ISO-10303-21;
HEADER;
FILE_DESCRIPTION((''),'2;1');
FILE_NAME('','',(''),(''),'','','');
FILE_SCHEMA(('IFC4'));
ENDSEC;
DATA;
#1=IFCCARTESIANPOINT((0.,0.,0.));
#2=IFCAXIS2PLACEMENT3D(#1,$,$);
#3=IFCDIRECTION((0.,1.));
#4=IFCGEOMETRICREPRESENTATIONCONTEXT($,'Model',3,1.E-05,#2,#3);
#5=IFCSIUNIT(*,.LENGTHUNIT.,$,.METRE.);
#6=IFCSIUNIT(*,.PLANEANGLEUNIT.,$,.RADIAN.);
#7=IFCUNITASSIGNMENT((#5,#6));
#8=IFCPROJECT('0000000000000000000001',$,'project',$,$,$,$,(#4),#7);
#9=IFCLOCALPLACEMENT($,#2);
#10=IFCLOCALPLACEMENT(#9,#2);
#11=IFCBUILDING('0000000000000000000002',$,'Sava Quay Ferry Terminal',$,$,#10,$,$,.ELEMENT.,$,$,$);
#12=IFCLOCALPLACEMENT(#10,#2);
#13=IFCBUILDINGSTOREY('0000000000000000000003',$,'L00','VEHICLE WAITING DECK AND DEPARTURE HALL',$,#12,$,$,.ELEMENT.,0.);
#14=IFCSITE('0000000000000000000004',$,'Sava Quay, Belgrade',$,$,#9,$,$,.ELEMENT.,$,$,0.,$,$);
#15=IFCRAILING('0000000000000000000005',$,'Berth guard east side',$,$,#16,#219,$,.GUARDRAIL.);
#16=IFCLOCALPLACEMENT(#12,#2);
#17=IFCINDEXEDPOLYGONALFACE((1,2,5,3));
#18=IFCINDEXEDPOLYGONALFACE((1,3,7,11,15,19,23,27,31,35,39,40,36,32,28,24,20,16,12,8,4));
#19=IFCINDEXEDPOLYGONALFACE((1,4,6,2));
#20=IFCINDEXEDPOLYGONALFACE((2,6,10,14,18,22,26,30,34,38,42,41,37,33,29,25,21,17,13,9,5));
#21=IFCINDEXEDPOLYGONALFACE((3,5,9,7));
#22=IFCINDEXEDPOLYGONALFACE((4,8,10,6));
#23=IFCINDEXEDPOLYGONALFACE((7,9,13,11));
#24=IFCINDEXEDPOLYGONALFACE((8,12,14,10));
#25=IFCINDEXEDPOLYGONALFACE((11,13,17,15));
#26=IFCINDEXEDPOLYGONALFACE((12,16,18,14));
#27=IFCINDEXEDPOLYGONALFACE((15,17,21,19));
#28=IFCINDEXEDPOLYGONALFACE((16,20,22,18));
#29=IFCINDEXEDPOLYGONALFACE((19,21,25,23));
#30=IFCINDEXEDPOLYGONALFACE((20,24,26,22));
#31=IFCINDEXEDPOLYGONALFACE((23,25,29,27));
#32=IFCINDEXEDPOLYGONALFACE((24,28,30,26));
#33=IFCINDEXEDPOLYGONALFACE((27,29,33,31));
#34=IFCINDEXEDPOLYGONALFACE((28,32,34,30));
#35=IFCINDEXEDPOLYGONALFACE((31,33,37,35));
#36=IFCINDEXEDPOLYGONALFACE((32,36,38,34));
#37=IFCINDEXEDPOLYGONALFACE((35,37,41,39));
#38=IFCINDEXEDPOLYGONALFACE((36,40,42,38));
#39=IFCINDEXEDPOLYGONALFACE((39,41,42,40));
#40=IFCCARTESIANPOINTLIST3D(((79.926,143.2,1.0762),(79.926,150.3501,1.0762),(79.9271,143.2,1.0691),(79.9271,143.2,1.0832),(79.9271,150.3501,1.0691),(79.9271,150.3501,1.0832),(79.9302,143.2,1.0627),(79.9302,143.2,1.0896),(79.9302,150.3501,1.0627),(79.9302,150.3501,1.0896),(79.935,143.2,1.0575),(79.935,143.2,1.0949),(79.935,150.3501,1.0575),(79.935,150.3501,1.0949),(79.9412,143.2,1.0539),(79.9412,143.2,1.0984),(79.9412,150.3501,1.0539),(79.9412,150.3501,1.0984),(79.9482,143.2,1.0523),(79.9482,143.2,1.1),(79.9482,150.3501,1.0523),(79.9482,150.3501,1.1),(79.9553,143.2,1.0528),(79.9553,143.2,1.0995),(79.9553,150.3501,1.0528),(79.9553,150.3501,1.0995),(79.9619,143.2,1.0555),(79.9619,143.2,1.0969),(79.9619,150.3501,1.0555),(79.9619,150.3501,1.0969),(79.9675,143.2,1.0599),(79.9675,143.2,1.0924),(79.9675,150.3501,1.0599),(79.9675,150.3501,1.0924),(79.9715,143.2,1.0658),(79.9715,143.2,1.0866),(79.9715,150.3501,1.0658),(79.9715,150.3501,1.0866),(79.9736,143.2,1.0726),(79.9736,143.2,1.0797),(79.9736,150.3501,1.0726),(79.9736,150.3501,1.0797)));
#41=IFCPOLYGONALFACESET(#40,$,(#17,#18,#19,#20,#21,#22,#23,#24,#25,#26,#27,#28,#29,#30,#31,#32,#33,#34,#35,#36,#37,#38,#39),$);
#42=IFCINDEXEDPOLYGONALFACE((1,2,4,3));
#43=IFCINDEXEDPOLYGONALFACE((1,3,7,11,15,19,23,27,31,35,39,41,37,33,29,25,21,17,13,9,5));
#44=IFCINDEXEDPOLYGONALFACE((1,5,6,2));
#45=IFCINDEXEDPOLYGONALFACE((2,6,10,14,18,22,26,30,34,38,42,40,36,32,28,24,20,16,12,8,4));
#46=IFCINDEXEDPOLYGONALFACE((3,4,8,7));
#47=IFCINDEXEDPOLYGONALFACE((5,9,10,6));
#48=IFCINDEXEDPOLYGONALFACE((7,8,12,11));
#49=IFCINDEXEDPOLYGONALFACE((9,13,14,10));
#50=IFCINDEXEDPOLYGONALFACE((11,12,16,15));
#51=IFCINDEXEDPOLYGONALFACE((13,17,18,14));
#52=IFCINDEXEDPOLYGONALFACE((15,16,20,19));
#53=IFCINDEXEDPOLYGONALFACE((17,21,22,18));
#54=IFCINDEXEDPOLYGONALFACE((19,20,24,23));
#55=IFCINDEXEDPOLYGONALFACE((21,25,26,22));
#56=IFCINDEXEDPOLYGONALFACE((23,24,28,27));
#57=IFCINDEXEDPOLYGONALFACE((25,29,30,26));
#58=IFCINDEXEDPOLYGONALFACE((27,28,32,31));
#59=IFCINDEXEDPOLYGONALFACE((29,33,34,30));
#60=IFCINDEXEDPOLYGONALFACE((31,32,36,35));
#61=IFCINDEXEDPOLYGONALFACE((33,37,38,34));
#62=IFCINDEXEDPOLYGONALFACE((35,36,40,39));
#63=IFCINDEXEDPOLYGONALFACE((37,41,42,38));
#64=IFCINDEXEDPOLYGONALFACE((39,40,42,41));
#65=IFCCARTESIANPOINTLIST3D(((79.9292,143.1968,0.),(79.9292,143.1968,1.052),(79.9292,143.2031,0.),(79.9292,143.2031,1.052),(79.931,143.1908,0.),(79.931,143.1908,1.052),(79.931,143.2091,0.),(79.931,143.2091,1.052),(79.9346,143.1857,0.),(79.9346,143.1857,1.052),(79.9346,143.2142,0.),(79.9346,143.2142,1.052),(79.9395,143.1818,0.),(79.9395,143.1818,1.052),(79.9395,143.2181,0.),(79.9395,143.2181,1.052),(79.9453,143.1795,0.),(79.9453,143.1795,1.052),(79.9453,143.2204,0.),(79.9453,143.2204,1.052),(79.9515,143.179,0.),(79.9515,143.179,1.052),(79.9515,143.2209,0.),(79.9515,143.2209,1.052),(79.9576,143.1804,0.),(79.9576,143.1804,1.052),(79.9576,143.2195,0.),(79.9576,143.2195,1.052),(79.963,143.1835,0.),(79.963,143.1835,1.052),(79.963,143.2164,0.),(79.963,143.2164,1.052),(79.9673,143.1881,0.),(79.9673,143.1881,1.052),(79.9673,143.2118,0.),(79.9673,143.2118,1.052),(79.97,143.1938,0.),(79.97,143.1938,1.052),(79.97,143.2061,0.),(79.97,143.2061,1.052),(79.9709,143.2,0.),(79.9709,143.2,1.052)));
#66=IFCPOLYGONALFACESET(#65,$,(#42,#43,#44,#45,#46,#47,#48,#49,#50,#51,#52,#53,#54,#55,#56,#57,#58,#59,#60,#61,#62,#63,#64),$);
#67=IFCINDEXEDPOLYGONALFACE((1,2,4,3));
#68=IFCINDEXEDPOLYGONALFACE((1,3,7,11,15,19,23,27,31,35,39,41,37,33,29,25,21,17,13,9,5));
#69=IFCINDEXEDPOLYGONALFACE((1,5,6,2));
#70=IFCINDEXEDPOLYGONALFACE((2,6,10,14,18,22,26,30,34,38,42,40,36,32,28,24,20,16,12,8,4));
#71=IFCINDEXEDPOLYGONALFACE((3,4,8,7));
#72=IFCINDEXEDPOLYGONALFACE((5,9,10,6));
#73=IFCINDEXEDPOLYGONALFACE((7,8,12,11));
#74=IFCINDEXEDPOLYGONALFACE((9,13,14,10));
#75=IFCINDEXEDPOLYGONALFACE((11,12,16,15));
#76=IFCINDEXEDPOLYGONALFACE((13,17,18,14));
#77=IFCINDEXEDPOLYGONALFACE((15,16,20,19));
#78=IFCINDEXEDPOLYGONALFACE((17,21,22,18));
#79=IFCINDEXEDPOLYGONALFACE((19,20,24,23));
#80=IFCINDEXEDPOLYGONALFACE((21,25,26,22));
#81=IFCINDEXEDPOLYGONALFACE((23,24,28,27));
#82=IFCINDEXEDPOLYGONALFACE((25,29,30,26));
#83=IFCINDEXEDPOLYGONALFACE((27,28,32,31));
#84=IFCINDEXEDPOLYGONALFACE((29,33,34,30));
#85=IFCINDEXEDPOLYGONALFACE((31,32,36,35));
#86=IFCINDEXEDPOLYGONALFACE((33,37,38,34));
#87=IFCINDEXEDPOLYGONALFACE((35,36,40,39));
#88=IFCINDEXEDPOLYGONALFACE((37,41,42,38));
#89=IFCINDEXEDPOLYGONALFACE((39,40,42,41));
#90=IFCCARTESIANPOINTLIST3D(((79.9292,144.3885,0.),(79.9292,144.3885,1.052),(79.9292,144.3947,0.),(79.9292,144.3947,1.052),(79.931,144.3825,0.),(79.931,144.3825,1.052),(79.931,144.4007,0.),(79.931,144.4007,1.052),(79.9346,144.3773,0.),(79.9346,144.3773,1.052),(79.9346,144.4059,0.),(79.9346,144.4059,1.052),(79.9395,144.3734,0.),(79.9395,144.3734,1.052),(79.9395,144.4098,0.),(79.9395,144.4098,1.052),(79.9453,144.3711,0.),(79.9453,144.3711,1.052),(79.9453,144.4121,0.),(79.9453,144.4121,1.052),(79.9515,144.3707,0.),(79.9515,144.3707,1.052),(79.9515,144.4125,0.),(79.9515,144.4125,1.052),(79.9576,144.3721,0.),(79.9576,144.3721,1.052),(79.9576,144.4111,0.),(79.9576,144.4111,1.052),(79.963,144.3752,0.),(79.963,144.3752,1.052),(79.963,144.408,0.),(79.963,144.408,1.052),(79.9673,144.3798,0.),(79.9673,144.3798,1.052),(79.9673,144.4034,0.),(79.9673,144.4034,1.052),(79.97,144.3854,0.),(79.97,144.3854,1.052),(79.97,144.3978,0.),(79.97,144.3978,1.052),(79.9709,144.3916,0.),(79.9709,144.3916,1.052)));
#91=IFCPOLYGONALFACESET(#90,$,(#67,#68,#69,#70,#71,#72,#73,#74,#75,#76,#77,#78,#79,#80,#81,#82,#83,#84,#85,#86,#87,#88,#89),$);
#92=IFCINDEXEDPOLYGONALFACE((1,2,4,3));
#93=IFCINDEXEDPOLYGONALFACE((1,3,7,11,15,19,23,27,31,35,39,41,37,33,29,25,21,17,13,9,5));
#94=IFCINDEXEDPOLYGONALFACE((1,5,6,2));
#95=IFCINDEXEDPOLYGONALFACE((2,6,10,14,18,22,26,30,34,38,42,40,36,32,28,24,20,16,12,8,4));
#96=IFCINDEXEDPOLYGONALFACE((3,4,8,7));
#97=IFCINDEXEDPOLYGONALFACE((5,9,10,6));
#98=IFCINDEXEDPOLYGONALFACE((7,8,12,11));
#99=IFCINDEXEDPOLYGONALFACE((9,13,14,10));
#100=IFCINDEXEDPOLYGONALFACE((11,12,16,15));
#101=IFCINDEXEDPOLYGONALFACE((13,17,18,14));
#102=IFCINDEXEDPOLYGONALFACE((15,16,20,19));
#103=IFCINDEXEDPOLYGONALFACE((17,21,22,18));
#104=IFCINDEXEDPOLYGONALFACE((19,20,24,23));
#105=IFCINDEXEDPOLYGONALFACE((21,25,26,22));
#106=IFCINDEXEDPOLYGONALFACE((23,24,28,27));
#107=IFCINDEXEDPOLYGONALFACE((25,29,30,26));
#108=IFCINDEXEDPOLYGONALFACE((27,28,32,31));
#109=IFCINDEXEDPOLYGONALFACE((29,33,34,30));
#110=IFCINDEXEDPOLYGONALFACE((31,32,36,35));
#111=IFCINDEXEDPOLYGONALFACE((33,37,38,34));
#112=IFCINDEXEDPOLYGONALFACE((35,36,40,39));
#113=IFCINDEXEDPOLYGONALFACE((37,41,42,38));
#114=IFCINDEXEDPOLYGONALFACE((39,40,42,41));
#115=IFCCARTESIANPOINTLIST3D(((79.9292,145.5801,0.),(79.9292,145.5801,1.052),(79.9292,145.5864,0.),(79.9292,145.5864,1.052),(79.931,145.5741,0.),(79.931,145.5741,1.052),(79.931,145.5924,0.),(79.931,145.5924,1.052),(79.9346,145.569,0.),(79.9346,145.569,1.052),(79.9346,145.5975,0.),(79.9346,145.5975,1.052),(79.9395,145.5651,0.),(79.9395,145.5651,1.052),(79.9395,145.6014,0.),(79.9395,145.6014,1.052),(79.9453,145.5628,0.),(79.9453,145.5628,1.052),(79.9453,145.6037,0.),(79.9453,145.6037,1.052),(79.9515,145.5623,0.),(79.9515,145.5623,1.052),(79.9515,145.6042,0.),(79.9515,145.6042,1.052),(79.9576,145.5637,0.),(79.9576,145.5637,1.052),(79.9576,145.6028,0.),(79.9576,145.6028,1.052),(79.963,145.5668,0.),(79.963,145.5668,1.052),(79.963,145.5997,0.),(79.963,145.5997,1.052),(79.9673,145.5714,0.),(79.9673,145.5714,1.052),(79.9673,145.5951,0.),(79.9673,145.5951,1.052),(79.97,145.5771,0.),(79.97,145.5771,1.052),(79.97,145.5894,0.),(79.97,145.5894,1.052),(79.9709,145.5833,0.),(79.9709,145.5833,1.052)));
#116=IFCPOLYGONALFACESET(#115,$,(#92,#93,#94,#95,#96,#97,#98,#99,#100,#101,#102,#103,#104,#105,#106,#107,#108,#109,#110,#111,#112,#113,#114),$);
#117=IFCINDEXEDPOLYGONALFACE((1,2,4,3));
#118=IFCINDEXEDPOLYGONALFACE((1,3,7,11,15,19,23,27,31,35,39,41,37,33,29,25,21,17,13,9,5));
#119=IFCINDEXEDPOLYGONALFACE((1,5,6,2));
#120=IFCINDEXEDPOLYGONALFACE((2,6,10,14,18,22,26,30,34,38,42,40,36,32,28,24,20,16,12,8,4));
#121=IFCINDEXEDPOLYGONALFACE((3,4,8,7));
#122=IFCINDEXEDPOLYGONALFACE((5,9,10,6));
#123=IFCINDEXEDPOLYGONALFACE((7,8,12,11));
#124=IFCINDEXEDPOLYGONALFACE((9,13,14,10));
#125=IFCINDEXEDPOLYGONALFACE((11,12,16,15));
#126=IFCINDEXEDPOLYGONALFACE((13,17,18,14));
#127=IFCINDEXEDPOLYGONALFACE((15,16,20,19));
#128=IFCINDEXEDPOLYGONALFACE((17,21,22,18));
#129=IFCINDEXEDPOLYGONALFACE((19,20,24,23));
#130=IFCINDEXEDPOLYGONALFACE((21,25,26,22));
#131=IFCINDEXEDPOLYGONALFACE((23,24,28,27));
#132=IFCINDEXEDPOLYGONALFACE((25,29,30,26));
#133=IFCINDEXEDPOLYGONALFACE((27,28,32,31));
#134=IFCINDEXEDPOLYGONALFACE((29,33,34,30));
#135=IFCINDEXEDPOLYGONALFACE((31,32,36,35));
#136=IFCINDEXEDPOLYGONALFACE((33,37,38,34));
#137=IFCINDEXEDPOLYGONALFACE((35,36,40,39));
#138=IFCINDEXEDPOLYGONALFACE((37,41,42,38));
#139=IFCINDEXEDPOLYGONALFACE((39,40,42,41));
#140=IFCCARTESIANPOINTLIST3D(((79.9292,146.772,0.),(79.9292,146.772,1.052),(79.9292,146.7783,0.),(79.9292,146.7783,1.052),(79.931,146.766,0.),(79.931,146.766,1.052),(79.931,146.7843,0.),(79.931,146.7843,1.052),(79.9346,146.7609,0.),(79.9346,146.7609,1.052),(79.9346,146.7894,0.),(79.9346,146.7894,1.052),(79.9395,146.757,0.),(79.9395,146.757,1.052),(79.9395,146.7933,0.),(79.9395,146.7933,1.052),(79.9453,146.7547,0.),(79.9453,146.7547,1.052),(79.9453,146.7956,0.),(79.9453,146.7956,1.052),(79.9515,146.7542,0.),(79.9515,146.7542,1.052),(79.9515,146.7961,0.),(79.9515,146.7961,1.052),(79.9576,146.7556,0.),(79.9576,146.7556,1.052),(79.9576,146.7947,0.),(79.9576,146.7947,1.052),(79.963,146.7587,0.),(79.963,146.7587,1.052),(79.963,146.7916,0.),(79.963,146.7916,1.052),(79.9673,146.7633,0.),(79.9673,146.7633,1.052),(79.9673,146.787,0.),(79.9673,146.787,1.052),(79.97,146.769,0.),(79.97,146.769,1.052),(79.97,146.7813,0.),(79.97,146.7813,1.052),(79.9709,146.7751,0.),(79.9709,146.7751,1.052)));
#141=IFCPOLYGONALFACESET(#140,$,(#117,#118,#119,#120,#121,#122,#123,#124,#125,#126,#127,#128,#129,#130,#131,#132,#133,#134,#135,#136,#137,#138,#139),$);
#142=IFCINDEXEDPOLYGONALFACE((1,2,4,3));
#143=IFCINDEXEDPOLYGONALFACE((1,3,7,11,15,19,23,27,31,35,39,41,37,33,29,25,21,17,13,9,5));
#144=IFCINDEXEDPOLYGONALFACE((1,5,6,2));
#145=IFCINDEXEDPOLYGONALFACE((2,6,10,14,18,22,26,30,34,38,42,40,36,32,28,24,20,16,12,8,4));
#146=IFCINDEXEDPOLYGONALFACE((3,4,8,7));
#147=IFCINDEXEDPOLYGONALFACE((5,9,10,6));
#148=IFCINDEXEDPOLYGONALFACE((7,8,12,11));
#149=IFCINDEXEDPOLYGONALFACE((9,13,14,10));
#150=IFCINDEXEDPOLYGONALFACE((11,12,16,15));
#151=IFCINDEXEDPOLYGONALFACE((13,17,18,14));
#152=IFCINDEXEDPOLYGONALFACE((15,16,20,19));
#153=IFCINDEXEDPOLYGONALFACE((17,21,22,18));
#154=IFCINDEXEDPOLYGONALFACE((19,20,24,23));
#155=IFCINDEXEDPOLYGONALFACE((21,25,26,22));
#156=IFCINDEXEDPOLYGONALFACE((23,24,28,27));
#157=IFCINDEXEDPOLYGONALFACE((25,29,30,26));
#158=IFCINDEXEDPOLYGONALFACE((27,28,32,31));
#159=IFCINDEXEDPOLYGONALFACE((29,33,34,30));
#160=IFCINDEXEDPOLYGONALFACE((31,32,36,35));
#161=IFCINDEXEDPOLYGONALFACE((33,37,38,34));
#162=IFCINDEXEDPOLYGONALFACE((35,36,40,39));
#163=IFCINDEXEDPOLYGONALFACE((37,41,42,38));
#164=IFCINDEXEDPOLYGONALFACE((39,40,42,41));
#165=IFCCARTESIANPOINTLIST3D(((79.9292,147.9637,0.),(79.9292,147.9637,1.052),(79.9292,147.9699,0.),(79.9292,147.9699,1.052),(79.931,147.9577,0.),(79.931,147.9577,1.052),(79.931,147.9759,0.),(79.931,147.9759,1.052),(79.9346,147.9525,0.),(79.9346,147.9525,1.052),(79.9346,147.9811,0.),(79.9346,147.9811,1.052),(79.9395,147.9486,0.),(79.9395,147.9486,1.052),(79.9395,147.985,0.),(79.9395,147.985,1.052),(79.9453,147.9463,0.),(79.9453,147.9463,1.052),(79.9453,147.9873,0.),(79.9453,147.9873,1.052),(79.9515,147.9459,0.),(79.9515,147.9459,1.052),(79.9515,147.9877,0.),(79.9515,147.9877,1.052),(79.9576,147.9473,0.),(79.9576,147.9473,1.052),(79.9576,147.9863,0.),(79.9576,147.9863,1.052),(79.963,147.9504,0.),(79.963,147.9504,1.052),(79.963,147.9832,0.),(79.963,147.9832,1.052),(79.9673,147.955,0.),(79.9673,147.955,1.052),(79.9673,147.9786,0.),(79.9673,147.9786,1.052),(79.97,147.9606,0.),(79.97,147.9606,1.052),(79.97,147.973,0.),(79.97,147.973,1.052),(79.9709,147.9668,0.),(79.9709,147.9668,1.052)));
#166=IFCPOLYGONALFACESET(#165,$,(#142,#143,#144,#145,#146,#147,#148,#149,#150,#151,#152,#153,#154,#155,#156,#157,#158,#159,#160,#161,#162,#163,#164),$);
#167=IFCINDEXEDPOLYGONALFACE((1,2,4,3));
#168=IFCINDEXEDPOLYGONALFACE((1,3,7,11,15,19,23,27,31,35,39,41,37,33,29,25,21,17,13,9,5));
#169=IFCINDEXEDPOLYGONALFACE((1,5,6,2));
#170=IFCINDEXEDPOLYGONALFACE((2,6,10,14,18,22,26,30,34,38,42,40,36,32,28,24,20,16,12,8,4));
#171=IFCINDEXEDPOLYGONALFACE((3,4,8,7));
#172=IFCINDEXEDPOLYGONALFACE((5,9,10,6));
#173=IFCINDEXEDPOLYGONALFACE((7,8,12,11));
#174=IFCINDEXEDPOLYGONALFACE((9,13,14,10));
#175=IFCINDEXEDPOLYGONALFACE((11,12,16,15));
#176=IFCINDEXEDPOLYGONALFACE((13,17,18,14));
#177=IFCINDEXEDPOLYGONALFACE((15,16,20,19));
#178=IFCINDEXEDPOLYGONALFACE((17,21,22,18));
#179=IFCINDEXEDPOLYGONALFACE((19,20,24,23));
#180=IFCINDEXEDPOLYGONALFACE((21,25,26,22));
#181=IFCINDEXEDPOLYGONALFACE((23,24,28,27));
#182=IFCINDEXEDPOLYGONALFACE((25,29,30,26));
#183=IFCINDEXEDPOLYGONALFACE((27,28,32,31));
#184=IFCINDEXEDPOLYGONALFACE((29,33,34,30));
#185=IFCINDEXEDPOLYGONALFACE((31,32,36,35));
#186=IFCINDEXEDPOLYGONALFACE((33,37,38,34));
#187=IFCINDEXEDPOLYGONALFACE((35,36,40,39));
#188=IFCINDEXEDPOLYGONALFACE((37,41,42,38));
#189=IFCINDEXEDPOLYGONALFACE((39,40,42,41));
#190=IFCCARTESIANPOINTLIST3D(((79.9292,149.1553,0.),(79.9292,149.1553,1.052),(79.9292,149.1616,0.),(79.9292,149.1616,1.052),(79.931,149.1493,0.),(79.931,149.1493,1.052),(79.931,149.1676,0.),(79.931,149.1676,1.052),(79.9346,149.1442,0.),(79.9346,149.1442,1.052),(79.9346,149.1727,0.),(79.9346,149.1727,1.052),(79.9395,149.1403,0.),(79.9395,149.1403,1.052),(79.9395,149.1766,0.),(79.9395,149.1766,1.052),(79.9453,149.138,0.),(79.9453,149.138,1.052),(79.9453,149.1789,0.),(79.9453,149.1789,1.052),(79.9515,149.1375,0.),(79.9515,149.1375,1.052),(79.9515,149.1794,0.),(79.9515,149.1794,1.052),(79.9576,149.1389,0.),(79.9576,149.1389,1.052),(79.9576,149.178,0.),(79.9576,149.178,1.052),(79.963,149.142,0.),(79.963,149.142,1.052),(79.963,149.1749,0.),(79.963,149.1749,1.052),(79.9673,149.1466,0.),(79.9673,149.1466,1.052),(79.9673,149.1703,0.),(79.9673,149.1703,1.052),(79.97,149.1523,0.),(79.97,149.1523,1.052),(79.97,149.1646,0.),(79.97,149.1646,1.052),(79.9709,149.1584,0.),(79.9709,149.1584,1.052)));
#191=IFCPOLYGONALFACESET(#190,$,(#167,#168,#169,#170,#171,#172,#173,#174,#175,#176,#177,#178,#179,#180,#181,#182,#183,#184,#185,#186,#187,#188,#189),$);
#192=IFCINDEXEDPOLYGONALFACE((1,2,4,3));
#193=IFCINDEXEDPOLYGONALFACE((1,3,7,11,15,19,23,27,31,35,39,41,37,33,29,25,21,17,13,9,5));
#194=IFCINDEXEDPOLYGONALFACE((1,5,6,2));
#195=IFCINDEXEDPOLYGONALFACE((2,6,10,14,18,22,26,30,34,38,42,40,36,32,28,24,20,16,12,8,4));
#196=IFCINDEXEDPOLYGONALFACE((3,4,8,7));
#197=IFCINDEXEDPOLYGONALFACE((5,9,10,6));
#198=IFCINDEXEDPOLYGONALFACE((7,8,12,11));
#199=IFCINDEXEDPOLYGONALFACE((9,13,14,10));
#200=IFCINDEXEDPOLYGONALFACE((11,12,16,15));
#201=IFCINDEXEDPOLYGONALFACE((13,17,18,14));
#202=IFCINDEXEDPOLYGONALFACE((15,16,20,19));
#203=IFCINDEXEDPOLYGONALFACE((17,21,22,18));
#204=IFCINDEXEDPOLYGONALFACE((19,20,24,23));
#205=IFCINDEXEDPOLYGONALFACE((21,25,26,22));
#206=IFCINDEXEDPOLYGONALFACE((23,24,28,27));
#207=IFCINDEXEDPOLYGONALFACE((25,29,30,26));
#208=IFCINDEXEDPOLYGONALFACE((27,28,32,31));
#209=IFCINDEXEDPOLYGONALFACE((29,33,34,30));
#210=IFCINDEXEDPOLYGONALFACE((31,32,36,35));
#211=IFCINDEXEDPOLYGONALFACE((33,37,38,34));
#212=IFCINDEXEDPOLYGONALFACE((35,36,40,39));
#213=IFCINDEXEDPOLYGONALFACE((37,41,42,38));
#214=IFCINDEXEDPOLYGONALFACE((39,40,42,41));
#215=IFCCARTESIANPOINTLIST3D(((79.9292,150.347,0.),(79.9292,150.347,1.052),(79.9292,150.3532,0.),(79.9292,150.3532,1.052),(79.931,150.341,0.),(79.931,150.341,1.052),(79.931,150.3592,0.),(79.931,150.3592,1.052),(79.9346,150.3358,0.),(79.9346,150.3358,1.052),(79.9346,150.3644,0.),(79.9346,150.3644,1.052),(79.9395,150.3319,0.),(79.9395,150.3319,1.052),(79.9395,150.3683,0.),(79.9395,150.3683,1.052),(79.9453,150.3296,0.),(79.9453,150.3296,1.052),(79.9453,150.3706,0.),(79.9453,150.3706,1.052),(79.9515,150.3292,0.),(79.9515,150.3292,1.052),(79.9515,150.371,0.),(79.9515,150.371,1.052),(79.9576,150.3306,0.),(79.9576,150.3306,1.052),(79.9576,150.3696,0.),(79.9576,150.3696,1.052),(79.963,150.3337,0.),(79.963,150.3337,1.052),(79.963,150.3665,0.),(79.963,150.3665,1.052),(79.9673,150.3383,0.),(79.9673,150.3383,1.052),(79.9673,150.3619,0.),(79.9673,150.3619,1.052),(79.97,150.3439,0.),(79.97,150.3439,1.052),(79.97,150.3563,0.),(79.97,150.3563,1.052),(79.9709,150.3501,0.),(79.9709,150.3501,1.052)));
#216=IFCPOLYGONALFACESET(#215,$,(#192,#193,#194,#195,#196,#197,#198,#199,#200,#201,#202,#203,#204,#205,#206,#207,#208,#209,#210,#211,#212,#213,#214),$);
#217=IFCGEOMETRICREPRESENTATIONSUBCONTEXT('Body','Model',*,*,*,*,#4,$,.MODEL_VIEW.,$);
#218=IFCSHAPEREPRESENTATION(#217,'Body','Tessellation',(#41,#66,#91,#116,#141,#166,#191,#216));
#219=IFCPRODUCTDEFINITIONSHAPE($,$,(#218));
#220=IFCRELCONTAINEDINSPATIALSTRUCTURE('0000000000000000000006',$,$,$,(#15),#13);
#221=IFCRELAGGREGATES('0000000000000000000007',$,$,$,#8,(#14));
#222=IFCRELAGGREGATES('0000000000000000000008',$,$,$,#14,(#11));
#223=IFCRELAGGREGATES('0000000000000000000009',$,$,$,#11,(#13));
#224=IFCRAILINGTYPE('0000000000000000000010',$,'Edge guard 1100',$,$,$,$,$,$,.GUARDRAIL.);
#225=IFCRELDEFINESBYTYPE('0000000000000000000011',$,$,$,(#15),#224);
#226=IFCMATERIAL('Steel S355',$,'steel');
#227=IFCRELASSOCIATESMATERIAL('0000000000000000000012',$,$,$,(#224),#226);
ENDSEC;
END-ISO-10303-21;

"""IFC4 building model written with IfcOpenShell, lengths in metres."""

from ifc_helpers import new_model, si_unit, direction, frame, origin, origin_2d, place, context, subcontext, project, spatial, circle, extrude, material, type_object, element, save


model = new_model("IFC4")

# Units and contexts
model_context = context("Model", 3, precision=1e-05, world=origin(), true_north=direction((0.0, 1.0)))
body_context = subcontext(model_context, "Body", "Model", "MODEL_VIEW")
ifc_project = project(units=[si_unit("LENGTHUNIT", "METRE"), si_unit("PLANEANGLEUNIT", "RADIAN")], contexts=[model_context])

# Site, building, storey
site_placement = place(None, origin())
site = spatial("IfcSite", under=ifc_project, at=site_placement, Name="Sava Quay, Belgrade", CompositionType="ELEMENT", RefElevation=0.0)
building_placement = place(site_placement, origin())
building = spatial("IfcBuilding", under=site, at=building_placement, Name="Sava Quay Ferry Terminal", CompositionType="ELEMENT")
storey_placement = place(building_placement, origin())
storey = spatial("IfcBuildingStorey", under=building, at=storey_placement, Name="L00", Description="VEHICLE WAITING DECK AND DEPARTURE HALL", CompositionType="ELEMENT", Elevation=0.0)

# Railing
ifc_material_1 = material(Name="Steel S355", Category="steel")
railing_type = type_object("IfcRailingType", Name="Edge guard 1100", PredefinedType="GUARDRAIL", material=ifc_material_1)
railing_1_placement = place(storey_placement, frame((79.95, 143.2, 0.0)))
element("IfcRailing", 1, at=railing_1_placement, inside=storey, type_object=railing_type, Name="Berth guard east side", PredefinedType="GUARDRAIL", context=body_context, shape_type="SweptSolid", body=[
    extrude(circle(Radius=0.0239, at=origin_2d()), frame((0.0, 0.0, 1.0762), z_axis=(0.0, 1.0, 0.0), x_axis=(-1.0, 0.0, 0.0)), (0.0, 0.0, 1.0), 7.1501),
    extrude(circle(Radius=0.021, at=origin_2d()), origin(), (0.0, 0.0, 1.0), 1.052),
    extrude(circle(Radius=0.021, at=origin_2d()), frame((0.0, 1.1917, 0.0)), (0.0, 0.0, 1.0), 1.052),
    extrude(circle(Radius=0.021, at=origin_2d()), frame((0.0, 2.3833, 0.0)), (0.0, 0.0, 1.0), 1.052),
    extrude(circle(Radius=0.021, at=origin_2d()), frame((0.0, 3.5752, 0.0)), (0.0, 0.0, 1.0), 1.052),
    extrude(circle(Radius=0.021, at=origin_2d()), frame((0.0, 4.7668, 0.0)), (0.0, 0.0, 1.0), 1.052),
    extrude(circle(Radius=0.021, at=origin_2d()), frame((0.0, 5.9585, 0.0)), (0.0, 0.0, 1.0), 1.052),
    extrude(circle(Radius=0.021, at=origin_2d()), frame((0.0, 7.1501, 0.0)), (0.0, 0.0, 1.0), 1.052),
])

save(model, "model.ifc")
